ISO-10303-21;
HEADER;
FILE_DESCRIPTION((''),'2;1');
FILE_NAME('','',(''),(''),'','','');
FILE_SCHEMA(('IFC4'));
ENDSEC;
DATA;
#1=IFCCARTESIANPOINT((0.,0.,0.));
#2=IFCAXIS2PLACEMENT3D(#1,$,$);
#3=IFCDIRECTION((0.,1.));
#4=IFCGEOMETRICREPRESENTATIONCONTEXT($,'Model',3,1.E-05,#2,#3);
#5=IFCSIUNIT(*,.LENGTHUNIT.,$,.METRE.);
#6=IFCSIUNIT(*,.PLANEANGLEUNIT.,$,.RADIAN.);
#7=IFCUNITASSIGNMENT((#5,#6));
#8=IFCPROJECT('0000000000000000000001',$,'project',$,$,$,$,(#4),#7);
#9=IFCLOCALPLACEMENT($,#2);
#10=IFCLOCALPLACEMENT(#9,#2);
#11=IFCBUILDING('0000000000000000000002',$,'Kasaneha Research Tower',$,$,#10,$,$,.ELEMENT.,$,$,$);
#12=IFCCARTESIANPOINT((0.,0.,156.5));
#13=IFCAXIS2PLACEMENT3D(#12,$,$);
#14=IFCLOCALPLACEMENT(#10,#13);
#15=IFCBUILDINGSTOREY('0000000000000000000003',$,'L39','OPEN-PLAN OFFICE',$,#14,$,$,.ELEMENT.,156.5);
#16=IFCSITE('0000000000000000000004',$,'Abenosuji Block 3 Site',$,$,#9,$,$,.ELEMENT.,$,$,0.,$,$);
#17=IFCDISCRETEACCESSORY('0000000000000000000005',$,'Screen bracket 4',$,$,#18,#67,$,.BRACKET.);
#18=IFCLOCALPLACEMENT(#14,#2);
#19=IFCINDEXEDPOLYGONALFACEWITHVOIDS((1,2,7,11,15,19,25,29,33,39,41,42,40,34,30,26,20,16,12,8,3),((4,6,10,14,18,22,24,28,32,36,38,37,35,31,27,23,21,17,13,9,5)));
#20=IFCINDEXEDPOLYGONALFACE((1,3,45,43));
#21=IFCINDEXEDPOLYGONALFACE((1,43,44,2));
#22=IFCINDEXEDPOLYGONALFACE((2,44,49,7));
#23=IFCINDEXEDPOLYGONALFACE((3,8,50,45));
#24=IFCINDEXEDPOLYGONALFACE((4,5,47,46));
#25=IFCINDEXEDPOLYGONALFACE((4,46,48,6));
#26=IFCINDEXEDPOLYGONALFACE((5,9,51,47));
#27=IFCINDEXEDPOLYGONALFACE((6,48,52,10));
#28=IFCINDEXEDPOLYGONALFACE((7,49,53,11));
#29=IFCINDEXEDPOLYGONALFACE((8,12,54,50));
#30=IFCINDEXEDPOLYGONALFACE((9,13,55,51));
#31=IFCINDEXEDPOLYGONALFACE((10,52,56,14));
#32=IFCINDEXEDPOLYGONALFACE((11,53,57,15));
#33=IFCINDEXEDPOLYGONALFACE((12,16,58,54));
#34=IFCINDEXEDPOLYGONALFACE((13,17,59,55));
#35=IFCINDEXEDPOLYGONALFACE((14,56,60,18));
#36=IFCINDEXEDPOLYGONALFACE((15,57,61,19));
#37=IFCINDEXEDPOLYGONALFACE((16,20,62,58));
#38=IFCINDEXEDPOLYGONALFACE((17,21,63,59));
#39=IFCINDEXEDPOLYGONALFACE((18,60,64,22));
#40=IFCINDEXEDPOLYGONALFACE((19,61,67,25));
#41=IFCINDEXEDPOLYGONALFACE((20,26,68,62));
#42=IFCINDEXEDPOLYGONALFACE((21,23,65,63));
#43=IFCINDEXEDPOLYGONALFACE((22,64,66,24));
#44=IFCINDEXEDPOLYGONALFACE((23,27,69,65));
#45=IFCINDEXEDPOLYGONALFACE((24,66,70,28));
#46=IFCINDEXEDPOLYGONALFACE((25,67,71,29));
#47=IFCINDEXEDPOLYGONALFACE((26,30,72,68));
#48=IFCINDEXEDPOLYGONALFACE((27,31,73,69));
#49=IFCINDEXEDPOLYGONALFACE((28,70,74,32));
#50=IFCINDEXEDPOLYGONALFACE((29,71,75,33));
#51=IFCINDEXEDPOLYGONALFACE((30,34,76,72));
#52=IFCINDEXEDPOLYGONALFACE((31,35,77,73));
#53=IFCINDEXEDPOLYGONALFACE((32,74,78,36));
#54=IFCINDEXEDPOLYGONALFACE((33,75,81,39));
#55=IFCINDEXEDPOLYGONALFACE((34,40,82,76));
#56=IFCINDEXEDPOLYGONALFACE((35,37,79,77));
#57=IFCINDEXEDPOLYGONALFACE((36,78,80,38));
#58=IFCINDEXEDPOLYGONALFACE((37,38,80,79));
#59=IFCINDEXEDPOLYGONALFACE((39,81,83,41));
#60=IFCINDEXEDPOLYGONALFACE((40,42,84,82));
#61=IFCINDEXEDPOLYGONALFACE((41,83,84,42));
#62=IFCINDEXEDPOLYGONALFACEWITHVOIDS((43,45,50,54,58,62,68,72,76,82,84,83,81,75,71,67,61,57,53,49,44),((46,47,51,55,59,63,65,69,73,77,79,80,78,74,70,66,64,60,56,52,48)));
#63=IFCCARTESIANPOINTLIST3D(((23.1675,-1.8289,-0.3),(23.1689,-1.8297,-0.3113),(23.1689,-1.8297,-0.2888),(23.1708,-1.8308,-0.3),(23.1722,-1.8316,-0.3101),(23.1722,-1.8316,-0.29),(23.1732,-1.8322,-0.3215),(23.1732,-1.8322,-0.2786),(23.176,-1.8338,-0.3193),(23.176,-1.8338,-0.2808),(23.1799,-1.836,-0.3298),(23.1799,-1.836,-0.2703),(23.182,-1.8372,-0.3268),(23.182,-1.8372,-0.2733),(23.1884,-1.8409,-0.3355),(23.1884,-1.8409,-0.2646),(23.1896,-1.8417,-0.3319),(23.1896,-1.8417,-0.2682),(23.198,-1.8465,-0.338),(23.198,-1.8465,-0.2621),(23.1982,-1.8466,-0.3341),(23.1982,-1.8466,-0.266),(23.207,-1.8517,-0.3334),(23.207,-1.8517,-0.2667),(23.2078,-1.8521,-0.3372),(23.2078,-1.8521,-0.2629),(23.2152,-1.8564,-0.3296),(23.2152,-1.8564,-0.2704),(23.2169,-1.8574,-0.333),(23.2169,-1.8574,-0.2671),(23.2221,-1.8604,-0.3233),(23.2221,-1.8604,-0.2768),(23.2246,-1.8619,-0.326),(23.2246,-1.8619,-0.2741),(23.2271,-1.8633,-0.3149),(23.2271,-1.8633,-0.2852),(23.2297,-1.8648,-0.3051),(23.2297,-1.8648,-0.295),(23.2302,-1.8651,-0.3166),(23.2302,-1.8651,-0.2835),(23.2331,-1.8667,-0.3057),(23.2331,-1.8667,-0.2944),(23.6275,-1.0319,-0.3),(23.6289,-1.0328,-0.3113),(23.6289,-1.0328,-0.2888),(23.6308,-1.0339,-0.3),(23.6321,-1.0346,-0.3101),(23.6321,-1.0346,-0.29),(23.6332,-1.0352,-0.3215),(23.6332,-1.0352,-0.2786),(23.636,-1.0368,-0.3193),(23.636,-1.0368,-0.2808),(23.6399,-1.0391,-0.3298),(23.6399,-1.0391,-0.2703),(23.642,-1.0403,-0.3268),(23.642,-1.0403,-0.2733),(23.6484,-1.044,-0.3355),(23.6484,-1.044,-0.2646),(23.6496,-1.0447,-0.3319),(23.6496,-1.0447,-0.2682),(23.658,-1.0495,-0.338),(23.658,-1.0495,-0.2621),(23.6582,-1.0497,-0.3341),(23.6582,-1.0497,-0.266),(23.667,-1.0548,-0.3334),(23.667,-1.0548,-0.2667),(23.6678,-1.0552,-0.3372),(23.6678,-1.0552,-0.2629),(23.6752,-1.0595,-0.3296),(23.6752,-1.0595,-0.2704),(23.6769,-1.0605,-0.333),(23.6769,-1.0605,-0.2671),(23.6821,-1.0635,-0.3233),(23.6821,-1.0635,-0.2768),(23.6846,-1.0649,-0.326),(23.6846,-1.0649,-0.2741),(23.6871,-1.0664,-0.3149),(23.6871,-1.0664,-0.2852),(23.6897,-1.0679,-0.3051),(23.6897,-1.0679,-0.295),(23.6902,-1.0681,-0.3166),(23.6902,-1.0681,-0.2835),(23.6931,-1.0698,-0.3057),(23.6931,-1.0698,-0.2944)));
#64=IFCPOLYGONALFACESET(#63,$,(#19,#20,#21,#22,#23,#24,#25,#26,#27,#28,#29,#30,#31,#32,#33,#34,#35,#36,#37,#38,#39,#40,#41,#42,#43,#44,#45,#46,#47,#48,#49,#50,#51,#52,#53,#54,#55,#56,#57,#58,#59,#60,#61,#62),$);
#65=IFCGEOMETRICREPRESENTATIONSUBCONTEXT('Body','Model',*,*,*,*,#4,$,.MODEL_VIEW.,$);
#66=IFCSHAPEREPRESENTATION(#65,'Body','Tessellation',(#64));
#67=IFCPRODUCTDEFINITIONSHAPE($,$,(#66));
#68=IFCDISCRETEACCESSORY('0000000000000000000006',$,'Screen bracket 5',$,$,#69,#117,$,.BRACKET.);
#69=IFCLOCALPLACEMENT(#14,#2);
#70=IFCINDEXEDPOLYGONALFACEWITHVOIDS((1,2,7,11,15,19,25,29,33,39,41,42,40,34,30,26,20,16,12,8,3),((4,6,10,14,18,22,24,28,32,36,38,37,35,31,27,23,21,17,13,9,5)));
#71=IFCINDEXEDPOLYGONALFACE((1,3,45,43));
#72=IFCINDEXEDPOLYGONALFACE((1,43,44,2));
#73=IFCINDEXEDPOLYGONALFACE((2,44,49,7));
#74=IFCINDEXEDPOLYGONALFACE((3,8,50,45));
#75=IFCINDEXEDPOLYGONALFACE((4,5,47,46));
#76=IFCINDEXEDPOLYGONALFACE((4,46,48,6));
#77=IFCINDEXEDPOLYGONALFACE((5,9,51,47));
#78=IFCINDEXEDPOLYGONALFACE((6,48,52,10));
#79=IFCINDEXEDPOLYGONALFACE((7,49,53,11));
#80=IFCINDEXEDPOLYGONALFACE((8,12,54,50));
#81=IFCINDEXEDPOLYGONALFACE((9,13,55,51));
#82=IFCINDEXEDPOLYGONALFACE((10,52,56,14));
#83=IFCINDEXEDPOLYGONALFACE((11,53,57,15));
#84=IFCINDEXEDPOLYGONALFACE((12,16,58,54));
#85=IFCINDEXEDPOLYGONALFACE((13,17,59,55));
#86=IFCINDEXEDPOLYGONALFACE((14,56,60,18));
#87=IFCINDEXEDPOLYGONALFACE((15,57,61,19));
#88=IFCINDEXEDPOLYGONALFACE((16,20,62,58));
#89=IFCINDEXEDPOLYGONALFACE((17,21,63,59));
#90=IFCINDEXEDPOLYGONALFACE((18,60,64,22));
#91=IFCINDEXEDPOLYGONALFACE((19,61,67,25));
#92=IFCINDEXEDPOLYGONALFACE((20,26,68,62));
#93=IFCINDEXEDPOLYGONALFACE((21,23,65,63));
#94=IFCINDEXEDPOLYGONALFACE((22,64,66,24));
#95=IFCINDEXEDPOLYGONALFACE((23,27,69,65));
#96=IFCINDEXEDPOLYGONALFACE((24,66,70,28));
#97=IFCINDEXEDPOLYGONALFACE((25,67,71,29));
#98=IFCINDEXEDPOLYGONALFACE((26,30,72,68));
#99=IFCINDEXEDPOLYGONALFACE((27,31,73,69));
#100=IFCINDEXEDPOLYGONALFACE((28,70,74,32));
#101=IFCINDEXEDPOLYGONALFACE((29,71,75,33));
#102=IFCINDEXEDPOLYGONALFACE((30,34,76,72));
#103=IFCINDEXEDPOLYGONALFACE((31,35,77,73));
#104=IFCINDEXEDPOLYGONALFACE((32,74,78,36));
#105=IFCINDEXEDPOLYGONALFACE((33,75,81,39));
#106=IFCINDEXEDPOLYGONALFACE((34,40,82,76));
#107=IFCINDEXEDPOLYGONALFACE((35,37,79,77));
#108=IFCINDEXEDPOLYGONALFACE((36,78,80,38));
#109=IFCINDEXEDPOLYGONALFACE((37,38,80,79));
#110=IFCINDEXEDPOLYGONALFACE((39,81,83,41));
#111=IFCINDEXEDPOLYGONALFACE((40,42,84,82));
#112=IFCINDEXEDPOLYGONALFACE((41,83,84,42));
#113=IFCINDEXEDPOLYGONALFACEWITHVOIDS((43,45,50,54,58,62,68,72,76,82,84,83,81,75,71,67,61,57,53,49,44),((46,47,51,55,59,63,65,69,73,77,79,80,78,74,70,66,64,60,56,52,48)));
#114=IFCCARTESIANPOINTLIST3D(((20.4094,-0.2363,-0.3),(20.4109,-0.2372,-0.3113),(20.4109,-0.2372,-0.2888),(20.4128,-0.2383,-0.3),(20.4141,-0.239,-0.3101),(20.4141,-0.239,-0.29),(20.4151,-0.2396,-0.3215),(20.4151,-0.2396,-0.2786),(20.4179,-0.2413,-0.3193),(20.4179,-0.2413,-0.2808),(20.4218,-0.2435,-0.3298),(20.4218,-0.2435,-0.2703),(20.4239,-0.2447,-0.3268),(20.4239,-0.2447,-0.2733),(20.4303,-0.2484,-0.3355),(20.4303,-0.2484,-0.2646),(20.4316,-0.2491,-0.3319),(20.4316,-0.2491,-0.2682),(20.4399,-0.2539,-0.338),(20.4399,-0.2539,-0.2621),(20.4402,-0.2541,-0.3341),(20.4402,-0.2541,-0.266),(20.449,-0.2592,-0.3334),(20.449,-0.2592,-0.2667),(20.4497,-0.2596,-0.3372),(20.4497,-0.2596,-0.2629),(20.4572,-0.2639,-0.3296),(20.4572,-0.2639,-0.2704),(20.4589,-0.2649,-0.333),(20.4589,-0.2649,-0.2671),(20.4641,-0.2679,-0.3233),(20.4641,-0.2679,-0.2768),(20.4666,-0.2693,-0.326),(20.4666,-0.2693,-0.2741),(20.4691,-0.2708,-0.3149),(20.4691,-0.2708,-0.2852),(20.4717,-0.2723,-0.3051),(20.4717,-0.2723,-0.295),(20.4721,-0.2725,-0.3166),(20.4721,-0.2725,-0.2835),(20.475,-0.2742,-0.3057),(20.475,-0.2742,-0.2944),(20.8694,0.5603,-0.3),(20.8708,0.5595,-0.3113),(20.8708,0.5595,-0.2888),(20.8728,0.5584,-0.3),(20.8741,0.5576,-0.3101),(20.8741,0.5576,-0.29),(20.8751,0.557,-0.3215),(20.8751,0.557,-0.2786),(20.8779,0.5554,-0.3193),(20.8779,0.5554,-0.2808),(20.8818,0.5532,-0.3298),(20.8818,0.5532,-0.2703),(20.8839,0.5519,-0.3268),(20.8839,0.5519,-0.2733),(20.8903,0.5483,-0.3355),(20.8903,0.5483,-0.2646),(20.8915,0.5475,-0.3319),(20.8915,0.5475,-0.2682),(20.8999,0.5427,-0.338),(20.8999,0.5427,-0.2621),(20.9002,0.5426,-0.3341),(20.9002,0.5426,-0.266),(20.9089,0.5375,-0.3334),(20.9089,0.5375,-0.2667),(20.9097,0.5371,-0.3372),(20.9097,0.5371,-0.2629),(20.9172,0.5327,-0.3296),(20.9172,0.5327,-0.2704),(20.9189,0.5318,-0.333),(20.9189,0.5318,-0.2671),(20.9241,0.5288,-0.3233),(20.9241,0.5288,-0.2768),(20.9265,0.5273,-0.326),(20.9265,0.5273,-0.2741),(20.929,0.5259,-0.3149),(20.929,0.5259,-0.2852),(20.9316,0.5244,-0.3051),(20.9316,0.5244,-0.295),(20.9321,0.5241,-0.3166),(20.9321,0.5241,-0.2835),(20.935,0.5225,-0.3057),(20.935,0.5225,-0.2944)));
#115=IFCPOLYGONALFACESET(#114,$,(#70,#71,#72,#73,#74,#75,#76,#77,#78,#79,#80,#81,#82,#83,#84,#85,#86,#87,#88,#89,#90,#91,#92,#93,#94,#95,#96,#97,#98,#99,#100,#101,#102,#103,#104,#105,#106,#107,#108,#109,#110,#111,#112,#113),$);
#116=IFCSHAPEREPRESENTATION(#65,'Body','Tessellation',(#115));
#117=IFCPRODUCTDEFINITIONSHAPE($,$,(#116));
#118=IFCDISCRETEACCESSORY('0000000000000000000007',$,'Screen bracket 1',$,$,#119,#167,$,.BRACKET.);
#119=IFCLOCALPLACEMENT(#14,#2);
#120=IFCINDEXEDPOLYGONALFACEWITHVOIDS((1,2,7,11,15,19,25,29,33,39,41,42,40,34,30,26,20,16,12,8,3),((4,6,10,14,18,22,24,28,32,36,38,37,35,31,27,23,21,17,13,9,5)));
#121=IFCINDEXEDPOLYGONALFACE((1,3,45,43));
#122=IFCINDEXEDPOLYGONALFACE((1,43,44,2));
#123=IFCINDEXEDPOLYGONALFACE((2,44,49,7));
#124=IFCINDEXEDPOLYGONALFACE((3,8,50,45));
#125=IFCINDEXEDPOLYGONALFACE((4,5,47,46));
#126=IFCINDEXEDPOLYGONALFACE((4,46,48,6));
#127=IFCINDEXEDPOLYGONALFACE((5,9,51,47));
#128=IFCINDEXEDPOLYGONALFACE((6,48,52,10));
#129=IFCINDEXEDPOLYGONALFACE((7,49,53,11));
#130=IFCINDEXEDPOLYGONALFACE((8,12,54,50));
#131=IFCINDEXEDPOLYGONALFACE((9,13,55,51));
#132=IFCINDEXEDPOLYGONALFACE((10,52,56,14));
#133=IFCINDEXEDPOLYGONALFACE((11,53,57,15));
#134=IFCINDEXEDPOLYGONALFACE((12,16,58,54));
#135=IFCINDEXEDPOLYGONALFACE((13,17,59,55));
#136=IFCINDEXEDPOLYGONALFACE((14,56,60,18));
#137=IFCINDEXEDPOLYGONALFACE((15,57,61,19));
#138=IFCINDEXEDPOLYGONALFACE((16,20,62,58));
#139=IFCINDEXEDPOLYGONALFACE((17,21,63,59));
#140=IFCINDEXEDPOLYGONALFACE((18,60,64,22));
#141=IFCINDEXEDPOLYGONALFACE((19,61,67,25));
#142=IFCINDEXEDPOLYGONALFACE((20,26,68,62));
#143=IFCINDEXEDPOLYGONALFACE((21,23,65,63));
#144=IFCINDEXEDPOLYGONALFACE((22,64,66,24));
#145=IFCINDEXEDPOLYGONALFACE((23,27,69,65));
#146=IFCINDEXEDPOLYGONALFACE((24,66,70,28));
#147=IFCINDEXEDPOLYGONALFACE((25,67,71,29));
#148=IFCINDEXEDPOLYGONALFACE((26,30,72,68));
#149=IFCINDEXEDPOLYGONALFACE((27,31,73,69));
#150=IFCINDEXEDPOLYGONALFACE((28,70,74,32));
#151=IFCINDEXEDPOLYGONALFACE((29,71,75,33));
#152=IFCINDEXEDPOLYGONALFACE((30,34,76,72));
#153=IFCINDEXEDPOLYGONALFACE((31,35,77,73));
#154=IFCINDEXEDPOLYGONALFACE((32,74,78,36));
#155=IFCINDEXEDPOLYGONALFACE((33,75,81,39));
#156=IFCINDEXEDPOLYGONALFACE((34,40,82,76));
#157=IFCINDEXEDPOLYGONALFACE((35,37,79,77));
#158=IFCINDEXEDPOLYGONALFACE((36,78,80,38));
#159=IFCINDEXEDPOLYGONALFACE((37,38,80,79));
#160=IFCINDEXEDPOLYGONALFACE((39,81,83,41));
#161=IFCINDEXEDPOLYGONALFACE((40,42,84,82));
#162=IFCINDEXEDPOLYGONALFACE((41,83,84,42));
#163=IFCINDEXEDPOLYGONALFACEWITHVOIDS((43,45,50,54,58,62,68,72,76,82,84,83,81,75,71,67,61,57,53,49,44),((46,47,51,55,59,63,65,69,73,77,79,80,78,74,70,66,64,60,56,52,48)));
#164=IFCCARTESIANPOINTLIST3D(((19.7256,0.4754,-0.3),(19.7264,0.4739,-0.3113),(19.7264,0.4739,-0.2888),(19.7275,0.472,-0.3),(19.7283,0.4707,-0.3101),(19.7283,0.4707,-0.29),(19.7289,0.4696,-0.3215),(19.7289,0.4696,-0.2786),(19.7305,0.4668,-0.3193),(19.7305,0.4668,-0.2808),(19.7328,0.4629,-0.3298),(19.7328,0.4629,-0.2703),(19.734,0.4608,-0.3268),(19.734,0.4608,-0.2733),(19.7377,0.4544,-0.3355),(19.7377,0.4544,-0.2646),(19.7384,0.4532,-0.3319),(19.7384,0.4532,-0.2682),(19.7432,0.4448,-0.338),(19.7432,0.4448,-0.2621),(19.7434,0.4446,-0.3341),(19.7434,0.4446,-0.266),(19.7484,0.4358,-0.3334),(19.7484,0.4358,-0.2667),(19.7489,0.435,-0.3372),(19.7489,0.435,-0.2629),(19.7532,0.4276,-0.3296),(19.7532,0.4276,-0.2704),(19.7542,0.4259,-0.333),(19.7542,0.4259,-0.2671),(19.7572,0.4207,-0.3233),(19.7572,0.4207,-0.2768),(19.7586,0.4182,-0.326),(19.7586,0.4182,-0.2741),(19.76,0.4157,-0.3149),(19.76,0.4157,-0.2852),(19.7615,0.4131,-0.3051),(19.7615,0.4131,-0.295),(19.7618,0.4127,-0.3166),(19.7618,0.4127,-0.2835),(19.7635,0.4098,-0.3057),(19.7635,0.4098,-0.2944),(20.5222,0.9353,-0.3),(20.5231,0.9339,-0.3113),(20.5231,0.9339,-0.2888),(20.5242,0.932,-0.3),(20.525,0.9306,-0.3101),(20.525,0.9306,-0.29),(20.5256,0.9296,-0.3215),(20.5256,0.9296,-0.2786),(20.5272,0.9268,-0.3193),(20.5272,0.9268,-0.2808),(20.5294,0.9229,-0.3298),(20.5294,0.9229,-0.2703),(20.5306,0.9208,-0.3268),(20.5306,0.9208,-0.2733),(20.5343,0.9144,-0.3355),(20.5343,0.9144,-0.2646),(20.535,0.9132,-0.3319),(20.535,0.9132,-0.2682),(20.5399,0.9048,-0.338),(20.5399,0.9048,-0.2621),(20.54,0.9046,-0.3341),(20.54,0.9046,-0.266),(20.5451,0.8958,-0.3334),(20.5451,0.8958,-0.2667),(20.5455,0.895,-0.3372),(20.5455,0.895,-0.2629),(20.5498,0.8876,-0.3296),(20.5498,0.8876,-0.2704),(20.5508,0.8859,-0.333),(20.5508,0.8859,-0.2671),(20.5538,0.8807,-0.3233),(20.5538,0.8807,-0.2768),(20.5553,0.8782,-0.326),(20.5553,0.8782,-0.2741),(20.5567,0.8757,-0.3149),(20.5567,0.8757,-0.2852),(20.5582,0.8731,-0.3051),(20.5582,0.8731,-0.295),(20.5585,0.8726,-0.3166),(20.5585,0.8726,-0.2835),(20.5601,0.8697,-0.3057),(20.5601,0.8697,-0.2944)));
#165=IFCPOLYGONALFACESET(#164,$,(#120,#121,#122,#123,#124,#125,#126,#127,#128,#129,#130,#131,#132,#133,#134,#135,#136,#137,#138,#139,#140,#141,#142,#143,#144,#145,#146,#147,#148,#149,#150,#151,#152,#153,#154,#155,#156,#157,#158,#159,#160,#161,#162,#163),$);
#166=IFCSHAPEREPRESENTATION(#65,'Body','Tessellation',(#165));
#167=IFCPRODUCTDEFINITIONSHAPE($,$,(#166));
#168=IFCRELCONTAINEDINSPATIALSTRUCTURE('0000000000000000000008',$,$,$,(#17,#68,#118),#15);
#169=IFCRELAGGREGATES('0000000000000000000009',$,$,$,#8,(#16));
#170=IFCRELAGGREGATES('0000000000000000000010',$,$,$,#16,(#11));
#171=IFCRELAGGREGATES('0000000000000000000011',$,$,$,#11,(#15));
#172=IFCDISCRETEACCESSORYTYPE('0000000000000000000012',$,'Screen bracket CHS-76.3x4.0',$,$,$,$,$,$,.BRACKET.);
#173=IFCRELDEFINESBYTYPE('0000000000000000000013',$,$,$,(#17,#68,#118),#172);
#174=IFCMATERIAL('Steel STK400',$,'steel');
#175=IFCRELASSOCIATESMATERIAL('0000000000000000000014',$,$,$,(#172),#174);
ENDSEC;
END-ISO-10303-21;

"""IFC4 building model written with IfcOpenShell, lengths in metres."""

from ifc_helpers import new_model, si_unit, direction, frame, origin, origin_2d, place, context, subcontext, project, spatial, hollow_circle, extrude, material, material_profile, profile_set, type_object, element, save


model = new_model("IFC4")

# Units and contexts
model_context = context("Model", 3, precision=1e-05, world=origin(), true_north=direction((0.0, 1.0)))
body_context = subcontext(model_context, "Body", "Model", "MODEL_VIEW")
ifc_project = project(units=[si_unit("LENGTHUNIT", "METRE"), si_unit("PLANEANGLEUNIT", "RADIAN")], contexts=[model_context])

# Site, building, storey
site_placement = place(None, origin())
site = spatial("IfcSite", under=ifc_project, at=site_placement, Name="Abenosuji Block 3 Site", CompositionType="ELEMENT", RefElevation=0.0)
building_placement = place(site_placement, origin())
building = spatial("IfcBuilding", under=site, at=building_placement, Name="Kasaneha Research Tower", CompositionType="ELEMENT")
storey_placement = place(building_placement, frame((0.0, 0.0, 156.5)))
storey = spatial("IfcBuildingStorey", under=building, at=storey_placement, Name="L39", Description="OPEN-PLAN OFFICE", CompositionType="ELEMENT", Elevation=156.5)

# Discrete accessories
ifc_material_1 = material(Name="Steel STK400", Category="steel")
ifc_material_profile_1 = material_profile(ifc_material_1, hollow_circle(Radius=0.0381, WallThickness=0.0039, at=origin_2d()), Name="CHS-76.3x4.0")
ifc_profile_set_1 = profile_set([ifc_material_profile_1], Name="Steel STK400")
discrete_accessory_type = type_object("IfcDiscreteAccessoryType", Name="Screen bracket CHS-76.3x4.0", PredefinedType="BRACKET", material=ifc_profile_set_1)
discrete_accessory_placement = place(storey_placement, frame((23.2004, -1.8479, -0.3), z_axis=(0.499906, 0.86608, 0.0), x_axis=(-0.86608, 0.499906, 0.0)))
element("IfcDiscreteAccessory", 1, at=discrete_accessory_placement, inside=storey, type_object=discrete_accessory_type, Name="Screen bracket 4", PredefinedType="BRACKET", context=body_context, shape_type="SweptSolid", body=[
    extrude(hollow_circle(Radius=0.0381, WallThickness=0.0039, at=origin_2d()), origin(), (0.0, 0.0, 1.0), 0.9202),
])
for number, where, z_axis, x_axis, name in (
    (2, (20.4424, -0.2554, -0.3), (0.500021, 0.866013, 0.0), (-0.866013, 0.500021, 0.0), "Screen bracket 5"),
    (3, (19.7446, 0.4424, -0.3), (0.866013, 0.500021, 0.0), (-0.500021, 0.866013, 0.0), "Screen bracket 1"),
):
    element("IfcDiscreteAccessory", number, at=place(storey_placement, frame(where, z_axis=z_axis, x_axis=x_axis)), inside=storey, type_object=discrete_accessory_type, Name=name, PredefinedType="BRACKET", context=body_context, shape_type="SweptSolid", body=[
        extrude(hollow_circle(Radius=0.0381, WallThickness=0.0039, at=origin_2d()), origin(), (0.0, 0.0, 1.0), 0.9199),
    ])

save(model, "model.ifc")
